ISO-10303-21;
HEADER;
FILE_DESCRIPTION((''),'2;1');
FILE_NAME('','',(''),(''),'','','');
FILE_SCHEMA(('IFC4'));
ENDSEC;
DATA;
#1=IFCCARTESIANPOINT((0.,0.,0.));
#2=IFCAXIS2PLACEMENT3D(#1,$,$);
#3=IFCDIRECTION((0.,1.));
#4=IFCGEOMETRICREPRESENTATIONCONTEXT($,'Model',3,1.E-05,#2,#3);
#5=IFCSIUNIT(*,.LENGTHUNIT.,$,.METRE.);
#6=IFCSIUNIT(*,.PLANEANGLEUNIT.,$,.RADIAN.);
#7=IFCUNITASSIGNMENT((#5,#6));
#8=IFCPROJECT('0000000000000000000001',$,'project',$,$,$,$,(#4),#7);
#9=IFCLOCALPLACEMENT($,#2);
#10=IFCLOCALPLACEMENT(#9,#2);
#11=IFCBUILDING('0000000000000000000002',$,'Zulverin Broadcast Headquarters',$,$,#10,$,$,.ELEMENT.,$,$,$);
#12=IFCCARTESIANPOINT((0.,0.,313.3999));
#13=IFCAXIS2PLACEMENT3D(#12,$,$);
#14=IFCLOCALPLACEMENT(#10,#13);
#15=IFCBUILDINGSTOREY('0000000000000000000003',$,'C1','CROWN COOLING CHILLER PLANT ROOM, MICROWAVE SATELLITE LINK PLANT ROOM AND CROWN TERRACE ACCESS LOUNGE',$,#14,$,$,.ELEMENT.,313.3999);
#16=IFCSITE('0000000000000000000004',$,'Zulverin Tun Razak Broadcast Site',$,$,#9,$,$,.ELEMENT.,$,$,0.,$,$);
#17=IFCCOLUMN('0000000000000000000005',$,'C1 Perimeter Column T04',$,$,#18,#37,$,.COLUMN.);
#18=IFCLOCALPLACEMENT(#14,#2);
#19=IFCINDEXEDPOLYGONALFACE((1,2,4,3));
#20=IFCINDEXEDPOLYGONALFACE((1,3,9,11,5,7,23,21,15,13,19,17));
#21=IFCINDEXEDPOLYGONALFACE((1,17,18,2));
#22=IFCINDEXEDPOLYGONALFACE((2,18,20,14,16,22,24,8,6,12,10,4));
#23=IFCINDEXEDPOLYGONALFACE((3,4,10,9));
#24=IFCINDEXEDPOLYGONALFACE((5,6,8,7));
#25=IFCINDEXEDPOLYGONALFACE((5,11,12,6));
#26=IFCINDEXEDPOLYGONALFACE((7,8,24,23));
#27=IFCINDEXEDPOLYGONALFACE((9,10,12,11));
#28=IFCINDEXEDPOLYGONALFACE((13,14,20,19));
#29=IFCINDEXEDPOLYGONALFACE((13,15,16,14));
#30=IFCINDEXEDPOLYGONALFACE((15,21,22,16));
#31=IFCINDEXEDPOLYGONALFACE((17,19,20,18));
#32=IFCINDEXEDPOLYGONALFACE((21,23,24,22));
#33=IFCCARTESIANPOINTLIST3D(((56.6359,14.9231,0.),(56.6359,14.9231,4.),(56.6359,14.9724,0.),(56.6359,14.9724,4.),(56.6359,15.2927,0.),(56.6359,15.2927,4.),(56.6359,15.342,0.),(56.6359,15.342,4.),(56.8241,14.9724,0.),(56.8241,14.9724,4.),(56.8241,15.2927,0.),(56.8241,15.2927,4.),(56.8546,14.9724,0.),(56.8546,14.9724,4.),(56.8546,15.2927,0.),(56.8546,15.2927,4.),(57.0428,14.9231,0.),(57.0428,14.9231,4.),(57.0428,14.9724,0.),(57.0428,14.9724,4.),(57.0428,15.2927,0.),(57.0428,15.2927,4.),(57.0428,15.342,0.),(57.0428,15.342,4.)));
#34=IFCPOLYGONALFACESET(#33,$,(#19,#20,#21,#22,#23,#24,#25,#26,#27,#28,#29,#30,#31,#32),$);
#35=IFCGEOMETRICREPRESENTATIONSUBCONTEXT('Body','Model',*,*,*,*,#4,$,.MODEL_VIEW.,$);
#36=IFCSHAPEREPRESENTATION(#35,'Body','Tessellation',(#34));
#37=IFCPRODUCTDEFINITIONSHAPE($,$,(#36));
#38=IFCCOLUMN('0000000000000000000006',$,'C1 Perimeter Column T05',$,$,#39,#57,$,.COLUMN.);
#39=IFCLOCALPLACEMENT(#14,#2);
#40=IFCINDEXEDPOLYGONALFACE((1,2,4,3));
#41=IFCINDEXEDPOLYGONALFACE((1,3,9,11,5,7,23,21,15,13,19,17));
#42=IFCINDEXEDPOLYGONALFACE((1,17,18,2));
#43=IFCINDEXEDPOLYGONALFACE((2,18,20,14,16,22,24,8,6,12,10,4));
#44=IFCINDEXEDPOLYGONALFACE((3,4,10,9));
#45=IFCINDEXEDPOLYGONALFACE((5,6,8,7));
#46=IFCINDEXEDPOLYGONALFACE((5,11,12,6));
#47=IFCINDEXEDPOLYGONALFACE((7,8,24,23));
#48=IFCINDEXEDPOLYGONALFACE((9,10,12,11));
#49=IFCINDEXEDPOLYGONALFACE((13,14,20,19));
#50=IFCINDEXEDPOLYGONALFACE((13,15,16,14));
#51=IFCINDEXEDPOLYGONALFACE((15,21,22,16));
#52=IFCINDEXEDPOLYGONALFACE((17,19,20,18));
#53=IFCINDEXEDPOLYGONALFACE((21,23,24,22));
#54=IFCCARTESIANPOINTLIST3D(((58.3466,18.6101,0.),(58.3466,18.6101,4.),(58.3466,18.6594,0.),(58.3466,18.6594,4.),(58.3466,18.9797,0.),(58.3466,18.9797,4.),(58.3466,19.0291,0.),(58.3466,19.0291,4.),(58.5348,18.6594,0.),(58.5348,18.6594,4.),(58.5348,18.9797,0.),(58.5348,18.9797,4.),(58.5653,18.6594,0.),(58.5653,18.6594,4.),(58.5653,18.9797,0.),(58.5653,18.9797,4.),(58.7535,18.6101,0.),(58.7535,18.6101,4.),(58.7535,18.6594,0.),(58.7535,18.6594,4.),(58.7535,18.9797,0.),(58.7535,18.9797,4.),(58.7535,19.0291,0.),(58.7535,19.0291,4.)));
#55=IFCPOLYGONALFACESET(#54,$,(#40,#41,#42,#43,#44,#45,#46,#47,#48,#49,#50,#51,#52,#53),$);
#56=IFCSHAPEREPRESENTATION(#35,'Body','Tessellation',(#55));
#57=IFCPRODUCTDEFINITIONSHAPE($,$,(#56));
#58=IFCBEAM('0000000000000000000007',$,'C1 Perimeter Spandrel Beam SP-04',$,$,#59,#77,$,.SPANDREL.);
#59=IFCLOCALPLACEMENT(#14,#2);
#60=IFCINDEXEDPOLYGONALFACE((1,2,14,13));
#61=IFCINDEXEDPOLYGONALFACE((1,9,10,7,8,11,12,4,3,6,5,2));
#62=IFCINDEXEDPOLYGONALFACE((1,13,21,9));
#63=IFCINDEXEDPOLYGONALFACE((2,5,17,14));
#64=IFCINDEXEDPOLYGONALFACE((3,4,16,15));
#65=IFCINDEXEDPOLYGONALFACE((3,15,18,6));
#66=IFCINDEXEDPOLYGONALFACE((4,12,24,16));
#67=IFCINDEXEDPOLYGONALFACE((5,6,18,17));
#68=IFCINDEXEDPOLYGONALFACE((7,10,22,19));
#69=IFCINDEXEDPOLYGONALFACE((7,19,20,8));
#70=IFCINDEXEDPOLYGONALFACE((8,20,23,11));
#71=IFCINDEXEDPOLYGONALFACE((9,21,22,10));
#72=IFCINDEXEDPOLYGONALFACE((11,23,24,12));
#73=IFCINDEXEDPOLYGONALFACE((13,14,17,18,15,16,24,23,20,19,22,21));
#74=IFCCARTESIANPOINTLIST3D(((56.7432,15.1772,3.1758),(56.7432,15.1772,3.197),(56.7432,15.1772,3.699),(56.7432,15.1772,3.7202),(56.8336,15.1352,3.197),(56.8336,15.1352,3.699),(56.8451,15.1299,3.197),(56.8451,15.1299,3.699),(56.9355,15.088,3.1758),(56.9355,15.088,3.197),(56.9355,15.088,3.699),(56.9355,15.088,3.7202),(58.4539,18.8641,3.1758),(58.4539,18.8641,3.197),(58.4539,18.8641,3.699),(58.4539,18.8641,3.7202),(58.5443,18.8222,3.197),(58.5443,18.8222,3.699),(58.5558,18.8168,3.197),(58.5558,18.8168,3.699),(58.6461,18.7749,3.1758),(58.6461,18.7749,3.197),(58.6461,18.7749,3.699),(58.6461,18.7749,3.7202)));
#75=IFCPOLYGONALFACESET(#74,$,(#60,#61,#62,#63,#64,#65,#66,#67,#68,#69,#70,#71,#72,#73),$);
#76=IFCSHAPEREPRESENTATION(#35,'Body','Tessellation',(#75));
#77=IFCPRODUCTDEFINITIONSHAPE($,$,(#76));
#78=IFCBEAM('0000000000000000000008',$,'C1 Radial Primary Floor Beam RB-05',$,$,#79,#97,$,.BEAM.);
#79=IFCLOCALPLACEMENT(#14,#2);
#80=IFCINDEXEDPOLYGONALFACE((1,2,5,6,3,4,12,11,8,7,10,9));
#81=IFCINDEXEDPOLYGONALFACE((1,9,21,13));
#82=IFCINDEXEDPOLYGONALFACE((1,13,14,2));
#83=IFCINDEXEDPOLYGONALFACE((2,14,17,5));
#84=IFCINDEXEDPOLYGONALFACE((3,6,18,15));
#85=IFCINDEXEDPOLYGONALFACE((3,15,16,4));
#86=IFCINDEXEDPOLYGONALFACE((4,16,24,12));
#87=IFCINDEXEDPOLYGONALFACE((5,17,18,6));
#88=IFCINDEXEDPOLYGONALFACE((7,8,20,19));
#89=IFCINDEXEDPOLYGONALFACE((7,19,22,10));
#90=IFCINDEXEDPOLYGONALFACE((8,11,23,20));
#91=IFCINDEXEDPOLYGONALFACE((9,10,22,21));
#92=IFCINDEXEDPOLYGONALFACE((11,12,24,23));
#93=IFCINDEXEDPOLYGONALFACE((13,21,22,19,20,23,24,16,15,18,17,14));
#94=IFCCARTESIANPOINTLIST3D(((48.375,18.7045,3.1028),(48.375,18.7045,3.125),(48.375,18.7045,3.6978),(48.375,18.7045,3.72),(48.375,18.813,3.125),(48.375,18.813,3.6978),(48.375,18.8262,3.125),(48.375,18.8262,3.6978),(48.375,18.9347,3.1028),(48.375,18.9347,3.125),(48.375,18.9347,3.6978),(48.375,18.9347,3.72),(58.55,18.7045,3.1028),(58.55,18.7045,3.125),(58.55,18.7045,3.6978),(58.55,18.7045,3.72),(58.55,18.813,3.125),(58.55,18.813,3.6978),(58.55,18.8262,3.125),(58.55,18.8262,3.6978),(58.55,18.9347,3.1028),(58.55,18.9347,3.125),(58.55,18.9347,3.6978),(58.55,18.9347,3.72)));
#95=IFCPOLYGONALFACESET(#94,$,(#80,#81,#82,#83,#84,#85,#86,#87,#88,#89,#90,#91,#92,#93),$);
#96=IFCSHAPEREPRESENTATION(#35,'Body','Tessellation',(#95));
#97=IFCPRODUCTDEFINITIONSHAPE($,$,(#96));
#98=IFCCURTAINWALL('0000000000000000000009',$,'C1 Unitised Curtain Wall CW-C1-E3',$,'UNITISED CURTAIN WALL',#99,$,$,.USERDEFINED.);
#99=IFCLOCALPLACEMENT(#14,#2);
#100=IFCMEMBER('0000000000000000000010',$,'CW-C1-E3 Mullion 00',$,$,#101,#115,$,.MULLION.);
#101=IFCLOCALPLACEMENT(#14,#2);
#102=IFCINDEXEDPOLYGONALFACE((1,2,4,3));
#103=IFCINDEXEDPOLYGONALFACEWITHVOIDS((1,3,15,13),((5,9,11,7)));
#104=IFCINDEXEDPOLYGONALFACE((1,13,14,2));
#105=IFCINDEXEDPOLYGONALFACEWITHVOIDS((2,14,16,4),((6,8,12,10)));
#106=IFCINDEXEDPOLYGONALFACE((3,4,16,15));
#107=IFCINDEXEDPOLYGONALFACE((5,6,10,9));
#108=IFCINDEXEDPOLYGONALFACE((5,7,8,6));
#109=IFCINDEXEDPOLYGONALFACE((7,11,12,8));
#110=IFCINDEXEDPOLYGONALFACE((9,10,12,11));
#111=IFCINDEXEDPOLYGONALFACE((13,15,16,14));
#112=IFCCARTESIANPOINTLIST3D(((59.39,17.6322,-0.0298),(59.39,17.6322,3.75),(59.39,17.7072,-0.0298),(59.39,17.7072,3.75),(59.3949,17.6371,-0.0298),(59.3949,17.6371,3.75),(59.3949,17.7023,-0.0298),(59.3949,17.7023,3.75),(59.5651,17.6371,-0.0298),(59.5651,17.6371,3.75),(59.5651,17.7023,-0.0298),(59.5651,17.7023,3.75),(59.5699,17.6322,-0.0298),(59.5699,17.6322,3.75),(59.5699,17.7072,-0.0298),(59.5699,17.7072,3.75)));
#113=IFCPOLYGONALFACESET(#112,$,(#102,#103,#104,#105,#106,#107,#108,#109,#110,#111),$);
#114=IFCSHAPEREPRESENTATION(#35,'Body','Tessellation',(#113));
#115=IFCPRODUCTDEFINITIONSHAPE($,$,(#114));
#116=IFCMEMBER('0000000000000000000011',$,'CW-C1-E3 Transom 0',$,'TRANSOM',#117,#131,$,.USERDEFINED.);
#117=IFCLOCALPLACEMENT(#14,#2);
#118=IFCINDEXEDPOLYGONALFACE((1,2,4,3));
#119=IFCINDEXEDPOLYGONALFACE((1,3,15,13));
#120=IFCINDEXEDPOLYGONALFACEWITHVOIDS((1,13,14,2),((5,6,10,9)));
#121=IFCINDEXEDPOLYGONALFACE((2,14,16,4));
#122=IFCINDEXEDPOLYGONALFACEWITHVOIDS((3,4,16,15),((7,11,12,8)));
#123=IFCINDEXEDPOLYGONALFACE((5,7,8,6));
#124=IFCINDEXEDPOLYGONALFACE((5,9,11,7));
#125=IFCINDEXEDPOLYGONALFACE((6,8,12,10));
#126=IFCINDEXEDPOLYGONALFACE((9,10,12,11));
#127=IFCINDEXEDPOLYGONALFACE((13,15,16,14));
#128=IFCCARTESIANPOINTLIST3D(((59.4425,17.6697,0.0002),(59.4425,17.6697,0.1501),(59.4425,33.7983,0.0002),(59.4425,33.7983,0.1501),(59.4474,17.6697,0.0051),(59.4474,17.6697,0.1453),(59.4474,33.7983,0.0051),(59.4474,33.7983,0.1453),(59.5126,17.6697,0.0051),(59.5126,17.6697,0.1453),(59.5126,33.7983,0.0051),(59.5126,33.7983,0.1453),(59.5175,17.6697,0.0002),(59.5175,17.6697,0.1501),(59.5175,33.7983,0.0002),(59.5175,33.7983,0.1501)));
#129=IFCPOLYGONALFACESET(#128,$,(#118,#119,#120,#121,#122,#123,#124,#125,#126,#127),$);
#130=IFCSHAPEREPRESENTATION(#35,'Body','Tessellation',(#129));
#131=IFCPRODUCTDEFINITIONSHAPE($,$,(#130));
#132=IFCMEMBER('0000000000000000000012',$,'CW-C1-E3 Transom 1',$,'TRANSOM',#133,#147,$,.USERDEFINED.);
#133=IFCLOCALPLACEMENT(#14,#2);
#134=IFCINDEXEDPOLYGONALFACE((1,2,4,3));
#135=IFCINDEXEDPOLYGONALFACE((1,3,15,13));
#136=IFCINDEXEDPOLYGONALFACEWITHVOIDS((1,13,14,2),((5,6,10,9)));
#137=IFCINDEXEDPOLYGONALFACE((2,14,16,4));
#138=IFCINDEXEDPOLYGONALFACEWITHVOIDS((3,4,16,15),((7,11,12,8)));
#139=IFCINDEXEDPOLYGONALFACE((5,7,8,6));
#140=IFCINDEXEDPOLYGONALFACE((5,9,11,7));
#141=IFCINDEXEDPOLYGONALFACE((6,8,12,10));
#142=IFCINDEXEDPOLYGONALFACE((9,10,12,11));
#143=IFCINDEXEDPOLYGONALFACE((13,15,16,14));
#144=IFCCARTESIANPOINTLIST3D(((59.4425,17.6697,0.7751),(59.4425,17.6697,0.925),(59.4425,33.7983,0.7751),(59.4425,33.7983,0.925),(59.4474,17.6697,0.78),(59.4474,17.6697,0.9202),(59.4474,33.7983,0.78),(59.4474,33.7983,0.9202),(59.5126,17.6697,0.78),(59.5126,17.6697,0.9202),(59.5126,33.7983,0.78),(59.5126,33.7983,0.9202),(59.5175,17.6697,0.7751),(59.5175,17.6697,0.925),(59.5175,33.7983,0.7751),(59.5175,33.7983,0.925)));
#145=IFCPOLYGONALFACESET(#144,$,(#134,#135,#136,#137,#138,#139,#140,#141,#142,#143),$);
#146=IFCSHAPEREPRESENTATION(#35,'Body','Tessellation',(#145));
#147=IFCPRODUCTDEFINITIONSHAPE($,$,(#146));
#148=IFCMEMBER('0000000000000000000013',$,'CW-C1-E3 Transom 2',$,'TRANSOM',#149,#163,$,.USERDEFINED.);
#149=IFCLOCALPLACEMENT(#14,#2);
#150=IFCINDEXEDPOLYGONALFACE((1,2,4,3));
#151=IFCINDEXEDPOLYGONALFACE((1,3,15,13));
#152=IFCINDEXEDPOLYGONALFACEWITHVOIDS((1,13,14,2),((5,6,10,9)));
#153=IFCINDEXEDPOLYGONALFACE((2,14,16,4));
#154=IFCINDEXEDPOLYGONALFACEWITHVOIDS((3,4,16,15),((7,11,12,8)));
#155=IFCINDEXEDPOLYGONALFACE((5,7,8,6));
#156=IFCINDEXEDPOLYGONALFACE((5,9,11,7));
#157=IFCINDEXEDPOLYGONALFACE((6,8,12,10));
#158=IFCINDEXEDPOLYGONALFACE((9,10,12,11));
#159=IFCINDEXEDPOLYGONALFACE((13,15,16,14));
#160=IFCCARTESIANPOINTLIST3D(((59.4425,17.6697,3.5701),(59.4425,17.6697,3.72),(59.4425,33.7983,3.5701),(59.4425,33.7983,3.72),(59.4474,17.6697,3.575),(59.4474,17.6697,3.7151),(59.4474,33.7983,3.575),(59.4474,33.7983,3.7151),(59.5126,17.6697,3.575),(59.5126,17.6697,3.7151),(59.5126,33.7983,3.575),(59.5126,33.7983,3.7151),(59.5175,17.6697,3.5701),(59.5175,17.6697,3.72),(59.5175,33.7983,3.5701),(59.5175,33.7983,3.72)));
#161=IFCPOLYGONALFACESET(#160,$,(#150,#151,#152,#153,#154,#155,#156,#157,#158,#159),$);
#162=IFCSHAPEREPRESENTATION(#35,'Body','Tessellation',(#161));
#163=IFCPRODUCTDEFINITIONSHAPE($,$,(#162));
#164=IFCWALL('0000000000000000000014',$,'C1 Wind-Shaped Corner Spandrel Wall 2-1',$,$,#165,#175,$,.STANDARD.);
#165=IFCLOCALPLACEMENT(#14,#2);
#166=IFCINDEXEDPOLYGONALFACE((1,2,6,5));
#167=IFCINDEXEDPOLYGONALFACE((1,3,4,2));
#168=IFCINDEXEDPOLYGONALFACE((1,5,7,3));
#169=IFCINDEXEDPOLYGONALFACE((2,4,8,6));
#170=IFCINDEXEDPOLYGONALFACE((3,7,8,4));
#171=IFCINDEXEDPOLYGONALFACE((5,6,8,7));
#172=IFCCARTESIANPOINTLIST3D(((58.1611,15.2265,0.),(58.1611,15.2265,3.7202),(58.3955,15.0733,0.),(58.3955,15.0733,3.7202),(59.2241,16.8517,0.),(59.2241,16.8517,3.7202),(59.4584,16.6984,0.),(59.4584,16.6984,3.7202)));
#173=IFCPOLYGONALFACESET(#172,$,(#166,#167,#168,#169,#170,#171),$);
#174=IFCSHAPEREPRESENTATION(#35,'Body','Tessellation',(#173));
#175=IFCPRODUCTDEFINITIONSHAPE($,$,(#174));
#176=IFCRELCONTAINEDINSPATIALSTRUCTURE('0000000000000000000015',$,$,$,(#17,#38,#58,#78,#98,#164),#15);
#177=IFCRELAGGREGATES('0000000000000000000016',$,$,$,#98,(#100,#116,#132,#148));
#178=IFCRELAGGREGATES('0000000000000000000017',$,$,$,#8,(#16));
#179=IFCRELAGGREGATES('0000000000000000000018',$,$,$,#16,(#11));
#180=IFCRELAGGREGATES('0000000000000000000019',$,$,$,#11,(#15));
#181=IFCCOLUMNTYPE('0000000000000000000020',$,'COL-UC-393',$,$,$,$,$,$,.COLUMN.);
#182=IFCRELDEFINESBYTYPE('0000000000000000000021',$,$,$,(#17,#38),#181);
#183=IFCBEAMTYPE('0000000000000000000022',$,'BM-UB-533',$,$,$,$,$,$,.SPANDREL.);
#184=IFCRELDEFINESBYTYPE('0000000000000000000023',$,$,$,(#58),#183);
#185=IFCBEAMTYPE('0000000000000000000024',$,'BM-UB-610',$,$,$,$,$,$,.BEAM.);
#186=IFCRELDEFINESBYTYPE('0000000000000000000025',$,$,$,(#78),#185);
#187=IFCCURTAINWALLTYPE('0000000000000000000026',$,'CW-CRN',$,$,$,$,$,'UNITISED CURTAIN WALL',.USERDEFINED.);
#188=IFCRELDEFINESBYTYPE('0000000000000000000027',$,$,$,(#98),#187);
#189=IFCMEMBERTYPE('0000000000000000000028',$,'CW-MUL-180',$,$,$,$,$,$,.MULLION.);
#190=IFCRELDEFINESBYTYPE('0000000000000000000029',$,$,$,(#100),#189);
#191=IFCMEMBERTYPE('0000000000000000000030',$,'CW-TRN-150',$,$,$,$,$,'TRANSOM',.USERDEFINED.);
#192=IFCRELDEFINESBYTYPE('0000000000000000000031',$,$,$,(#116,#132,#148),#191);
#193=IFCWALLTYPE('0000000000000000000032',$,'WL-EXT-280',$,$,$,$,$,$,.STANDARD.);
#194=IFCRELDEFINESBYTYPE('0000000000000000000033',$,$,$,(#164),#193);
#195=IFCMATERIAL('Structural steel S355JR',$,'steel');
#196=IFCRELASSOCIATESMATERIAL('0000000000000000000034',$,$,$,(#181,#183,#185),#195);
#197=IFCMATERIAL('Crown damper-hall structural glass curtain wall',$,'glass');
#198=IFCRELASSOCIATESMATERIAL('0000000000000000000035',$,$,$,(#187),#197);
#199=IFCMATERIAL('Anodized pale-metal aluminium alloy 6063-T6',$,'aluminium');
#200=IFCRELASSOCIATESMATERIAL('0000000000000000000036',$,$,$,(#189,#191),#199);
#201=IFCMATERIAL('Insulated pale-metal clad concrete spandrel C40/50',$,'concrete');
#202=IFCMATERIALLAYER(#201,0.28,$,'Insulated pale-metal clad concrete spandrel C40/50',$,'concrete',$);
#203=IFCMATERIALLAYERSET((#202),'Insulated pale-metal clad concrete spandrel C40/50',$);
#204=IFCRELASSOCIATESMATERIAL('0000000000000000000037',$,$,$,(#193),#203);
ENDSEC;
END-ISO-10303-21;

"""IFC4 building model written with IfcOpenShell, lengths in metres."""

from ifc_helpers import new_model, si_unit, direction, frame, frame_2d, origin, origin_2d, place, context, subcontext, project, spatial, rectangle, hollow_rectangle, i_section, extrude, material, layer, layer_set, material_profile, profile_set, type_object, element, aggregate, save


model = new_model("IFC4")

# Units and contexts
model_context = context("Model", 3, precision=1e-05, world=origin(), true_north=direction((0.0, 1.0)))
body_context = subcontext(model_context, "Body", "Model", "MODEL_VIEW")
ifc_project = project(units=[si_unit("LENGTHUNIT", "METRE"), si_unit("PLANEANGLEUNIT", "RADIAN")], contexts=[model_context])

# Site, building, storey
site_placement = place(None, origin())
site = spatial("IfcSite", under=ifc_project, at=site_placement, Name="Zulverin Tun Razak Broadcast Site", CompositionType="ELEMENT", RefElevation=0.0)
building_placement = place(site_placement, origin())
building = spatial("IfcBuilding", under=site, at=building_placement, Name="Zulverin Broadcast Headquarters", CompositionType="ELEMENT")
storey_placement = place(building_placement, frame((0.0, 0.0, 313.3999)))
storey = spatial("IfcBuildingStorey", under=building, at=storey_placement, Name="C1", Description="CROWN COOLING CHILLER PLANT ROOM, MICROWAVE SATELLITE LINK PLANT ROOM AND CROWN TERRACE ACCESS LOUNGE", CompositionType="ELEMENT", Elevation=313.3999)

# Columns
ifc_material_1 = material(Name="Structural steel S355JR", Category="steel")
ifc_material_profile_1 = material_profile(ifc_material_1, i_section(OverallWidth=0.407, OverallDepth=0.4189, WebThickness=0.0305, FlangeThickness=0.0493, at=origin_2d()), Name="Structural steel S355JR", Category="steel")
ifc_profile_set_1 = profile_set([ifc_material_profile_1], Name="Structural steel S355JR")
column_type = type_object("IfcColumnType", Name="COL-UC-393", PredefinedType="COLUMN", material=ifc_profile_set_1)
for number, where, z_axis, x_axis, name in (
    (1, (56.8394, 15.1326, 0.0), (0.0, 0.0, 1.0), (1.0, 0.0, 0.0), "C1 Perimeter Column T04"),
    (2, (58.55, 18.8196, 0.0), (0.0, 0.0, 1.0), (1.0, 0.0, 0.0), "C1 Perimeter Column T05"),
):
    element("IfcColumn", number, at=place(storey_placement, frame(where, z_axis=z_axis, x_axis=x_axis)), inside=storey, type_object=column_type, Name=name, PredefinedType="COLUMN", context=body_context, shape_type="SweptSolid", body=[
        extrude(i_section(OverallWidth=0.407, OverallDepth=0.4189, WebThickness=0.0305, FlangeThickness=0.0493, at=origin_2d()), origin(), (0.0, 0.0, 1.0), 4.0),
    ])

# Beams
ifc_material_profile_2 = material_profile(ifc_material_1, i_section(OverallWidth=0.2119, OverallDepth=0.5444, WebThickness=0.0127, FlangeThickness=0.0212, at=origin_2d()), Name="Structural steel S355JR", Category="steel")
ifc_profile_set_2 = profile_set([ifc_material_profile_2], Name="Structural steel S355JR")
beam_type_1 = type_object("IfcBeamType", Name="BM-UB-533", PredefinedType="SPANDREL", material=ifc_profile_set_2)
beam_1_placement = place(storey_placement, frame((56.8394, 15.1326, 3.448), z_axis=(0.420882, 0.907115, 0.0), x_axis=(-0.907115, 0.420882, 0.0)))
element("IfcBeam", 3, at=beam_1_placement, inside=storey, type_object=beam_type_1, Name="C1 Perimeter Spandrel Beam SP-04", PredefinedType="SPANDREL", context=body_context, shape_type="SweptSolid", body=[
    extrude(i_section(OverallWidth=0.2119, OverallDepth=0.5444, WebThickness=0.0127, FlangeThickness=0.0212, at=origin_2d()), origin(), (0.0, 0.0, 1.0), 4.0645),
])
ifc_material_profile_3 = material_profile(ifc_material_1, i_section(OverallWidth=0.2302, OverallDepth=0.6172, WebThickness=0.0132, FlangeThickness=0.0222, at=origin_2d()), Name="Structural steel S355JR", Category="steel")
ifc_profile_set_3 = profile_set([ifc_material_profile_3], Name="Structural steel S355JR")
beam_type_2 = type_object("IfcBeamType", Name="BM-UB-610", PredefinedType="BEAM", material=ifc_profile_set_3)
beam_2_placement = place(storey_placement, frame((48.375, 18.8196, 3.4114), z_axis=(1.0, 0.0, 0.0), x_axis=(0.0, 1.0, 0.0)))
element("IfcBeam", 4, at=beam_2_placement, inside=storey, type_object=beam_type_2, Name="C1 Radial Primary Floor Beam RB-05", PredefinedType="BEAM", context=body_context, shape_type="SweptSolid", body=[
    extrude(i_section(OverallWidth=0.2302, OverallDepth=0.6172, WebThickness=0.0132, FlangeThickness=0.0222, at=origin_2d()), origin(), (0.0, 0.0, 1.0), 10.175),
])

# Curtain wall, members
ifc_material_2 = material(Name="Crown damper-hall structural glass curtain wall", Category="glass")
curtain_wall_type = type_object("IfcCurtainWallType", Name="CW-CRN", ElementType="UNITISED CURTAIN WALL", PredefinedType="USERDEFINED", material=ifc_material_2)
curtain_wall_placement = place(storey_placement, origin())
curtain_wall = element("IfcCurtainWall", 5, at=curtain_wall_placement, inside=storey, type_object=curtain_wall_type, Name="C1 Unitised Curtain Wall CW-C1-E3", ObjectType="UNITISED CURTAIN WALL", PredefinedType="USERDEFINED")
ifc_material_3 = material(Name="Anodized pale-metal aluminium alloy 6063-T6", Category="aluminium")
ifc_material_profile_4 = material_profile(ifc_material_3, hollow_rectangle(XDim=0.075, YDim=0.1799, WallThickness=0.0049, at=origin_2d()), Name="Anodized pale-metal aluminium alloy 6063-T6", Category="aluminium")
ifc_profile_set_4 = profile_set([ifc_material_profile_4], Name="Anodized pale-metal aluminium alloy 6063-T6")
member_type_1 = type_object("IfcMemberType", Name="CW-MUL-180", PredefinedType="MULLION", material=ifc_profile_set_4)
member_1_placement = place(storey_placement, frame((59.48, 17.6697, -0.0298), z_axis=(0.0, 0.0, 1.0), x_axis=(0.0, 1.0, 0.0)))
member_1 = element("IfcMember", 6, at=member_1_placement, type_object=member_type_1, Name="CW-C1-E3 Mullion 00", PredefinedType="MULLION", context=body_context, shape_type="SweptSolid", body=[
    extrude(hollow_rectangle(XDim=0.075, YDim=0.1799, WallThickness=0.0049, at=origin_2d()), origin(), (0.0, 0.0, 1.0), 3.7798),
])
ifc_material_profile_5 = material_profile(ifc_material_3, hollow_rectangle(XDim=0.075, YDim=0.1499, WallThickness=0.0049, at=origin_2d()), Name="Anodized pale-metal aluminium alloy 6063-T6", Category="aluminium")
ifc_profile_set_5 = profile_set([ifc_material_profile_5], Name="Anodized pale-metal aluminium alloy 6063-T6")
member_type_2 = type_object("IfcMemberType", Name="CW-TRN-150", ElementType="TRANSOM", PredefinedType="USERDEFINED", material=ifc_profile_set_5)
member_2_placement = place(storey_placement, frame((59.48, 17.6697, 0.0752), z_axis=(0.0, 1.0, 0.0), x_axis=(-1.0, 0.0, 0.0)))
member_2 = element("IfcMember", 7, at=member_2_placement, type_object=member_type_2, Name="CW-C1-E3 Transom 0", ObjectType="TRANSOM", PredefinedType="USERDEFINED", context=body_context, shape_type="SweptSolid", body=[
    extrude(hollow_rectangle(XDim=0.075, YDim=0.1499, WallThickness=0.0049, at=origin_2d()), origin(), (0.0, 0.0, 1.0), 16.1287),
])
member_3_placement = place(storey_placement, frame((59.48, 17.6697, 0.8501), z_axis=(0.0, 1.0, 0.0), x_axis=(-1.0, 0.0, 0.0)))
member_3 = element("IfcMember", 8, at=member_3_placement, type_object=member_type_2, Name="CW-C1-E3 Transom 1", ObjectType="TRANSOM", PredefinedType="USERDEFINED", context=body_context, shape_type="SweptSolid", body=[
    extrude(hollow_rectangle(XDim=0.075, YDim=0.1499, WallThickness=0.0049, at=origin_2d()), origin(), (0.0, 0.0, 1.0), 16.1287),
])
member_4_placement = place(storey_placement, frame((59.48, 17.6697, 3.645), z_axis=(0.0, 1.0, 0.0), x_axis=(-1.0, 0.0, 0.0)))
member_4 = element("IfcMember", 9, at=member_4_placement, type_object=member_type_2, Name="CW-C1-E3 Transom 2", ObjectType="TRANSOM", PredefinedType="USERDEFINED", context=body_context, shape_type="SweptSolid", body=[
    extrude(hollow_rectangle(XDim=0.075, YDim=0.1499, WallThickness=0.0049, at=origin_2d()), origin(), (0.0, 0.0, 1.0), 16.1287),
])
aggregate(curtain_wall, [member_1, member_2, member_3, member_4])

# Wall
ifc_material_4 = material(Name="Insulated pale-metal clad concrete spandrel C40/50", Category="concrete")
ifc_layer_1 = layer(ifc_material_4, 0.28, Name="Insulated pale-metal clad concrete spandrel C40/50", Category="concrete")
ifc_layer_set_1 = layer_set([ifc_layer_1], Name="Insulated pale-metal clad concrete spandrel C40/50")
wall_type_1 = type_object("IfcWallType", Name="WL-EXT-280", PredefinedType="STANDARD", material=ifc_layer_set_1)
wall_1_placement = place(storey_placement, frame((58.2783, 15.1499, 0.0), z_axis=(0.0, 0.0, 1.0), x_axis=(0.547368, 0.836892, 0.0)))
element("IfcWall", 10, at=wall_1_placement, inside=storey, type_object=wall_type_1, Name="C1 Wind-Shaped Corner Spandrel Wall 2-1", PredefinedType="STANDARD", context=body_context, shape_type="SweptSolid", body=[
    extrude(rectangle(XDim=1.9419, YDim=0.28, at=frame_2d((0.9709, 0.0))), origin(), (0.0, 0.0, 1.0), 3.7202),
])

save(model, "model.ifc")
